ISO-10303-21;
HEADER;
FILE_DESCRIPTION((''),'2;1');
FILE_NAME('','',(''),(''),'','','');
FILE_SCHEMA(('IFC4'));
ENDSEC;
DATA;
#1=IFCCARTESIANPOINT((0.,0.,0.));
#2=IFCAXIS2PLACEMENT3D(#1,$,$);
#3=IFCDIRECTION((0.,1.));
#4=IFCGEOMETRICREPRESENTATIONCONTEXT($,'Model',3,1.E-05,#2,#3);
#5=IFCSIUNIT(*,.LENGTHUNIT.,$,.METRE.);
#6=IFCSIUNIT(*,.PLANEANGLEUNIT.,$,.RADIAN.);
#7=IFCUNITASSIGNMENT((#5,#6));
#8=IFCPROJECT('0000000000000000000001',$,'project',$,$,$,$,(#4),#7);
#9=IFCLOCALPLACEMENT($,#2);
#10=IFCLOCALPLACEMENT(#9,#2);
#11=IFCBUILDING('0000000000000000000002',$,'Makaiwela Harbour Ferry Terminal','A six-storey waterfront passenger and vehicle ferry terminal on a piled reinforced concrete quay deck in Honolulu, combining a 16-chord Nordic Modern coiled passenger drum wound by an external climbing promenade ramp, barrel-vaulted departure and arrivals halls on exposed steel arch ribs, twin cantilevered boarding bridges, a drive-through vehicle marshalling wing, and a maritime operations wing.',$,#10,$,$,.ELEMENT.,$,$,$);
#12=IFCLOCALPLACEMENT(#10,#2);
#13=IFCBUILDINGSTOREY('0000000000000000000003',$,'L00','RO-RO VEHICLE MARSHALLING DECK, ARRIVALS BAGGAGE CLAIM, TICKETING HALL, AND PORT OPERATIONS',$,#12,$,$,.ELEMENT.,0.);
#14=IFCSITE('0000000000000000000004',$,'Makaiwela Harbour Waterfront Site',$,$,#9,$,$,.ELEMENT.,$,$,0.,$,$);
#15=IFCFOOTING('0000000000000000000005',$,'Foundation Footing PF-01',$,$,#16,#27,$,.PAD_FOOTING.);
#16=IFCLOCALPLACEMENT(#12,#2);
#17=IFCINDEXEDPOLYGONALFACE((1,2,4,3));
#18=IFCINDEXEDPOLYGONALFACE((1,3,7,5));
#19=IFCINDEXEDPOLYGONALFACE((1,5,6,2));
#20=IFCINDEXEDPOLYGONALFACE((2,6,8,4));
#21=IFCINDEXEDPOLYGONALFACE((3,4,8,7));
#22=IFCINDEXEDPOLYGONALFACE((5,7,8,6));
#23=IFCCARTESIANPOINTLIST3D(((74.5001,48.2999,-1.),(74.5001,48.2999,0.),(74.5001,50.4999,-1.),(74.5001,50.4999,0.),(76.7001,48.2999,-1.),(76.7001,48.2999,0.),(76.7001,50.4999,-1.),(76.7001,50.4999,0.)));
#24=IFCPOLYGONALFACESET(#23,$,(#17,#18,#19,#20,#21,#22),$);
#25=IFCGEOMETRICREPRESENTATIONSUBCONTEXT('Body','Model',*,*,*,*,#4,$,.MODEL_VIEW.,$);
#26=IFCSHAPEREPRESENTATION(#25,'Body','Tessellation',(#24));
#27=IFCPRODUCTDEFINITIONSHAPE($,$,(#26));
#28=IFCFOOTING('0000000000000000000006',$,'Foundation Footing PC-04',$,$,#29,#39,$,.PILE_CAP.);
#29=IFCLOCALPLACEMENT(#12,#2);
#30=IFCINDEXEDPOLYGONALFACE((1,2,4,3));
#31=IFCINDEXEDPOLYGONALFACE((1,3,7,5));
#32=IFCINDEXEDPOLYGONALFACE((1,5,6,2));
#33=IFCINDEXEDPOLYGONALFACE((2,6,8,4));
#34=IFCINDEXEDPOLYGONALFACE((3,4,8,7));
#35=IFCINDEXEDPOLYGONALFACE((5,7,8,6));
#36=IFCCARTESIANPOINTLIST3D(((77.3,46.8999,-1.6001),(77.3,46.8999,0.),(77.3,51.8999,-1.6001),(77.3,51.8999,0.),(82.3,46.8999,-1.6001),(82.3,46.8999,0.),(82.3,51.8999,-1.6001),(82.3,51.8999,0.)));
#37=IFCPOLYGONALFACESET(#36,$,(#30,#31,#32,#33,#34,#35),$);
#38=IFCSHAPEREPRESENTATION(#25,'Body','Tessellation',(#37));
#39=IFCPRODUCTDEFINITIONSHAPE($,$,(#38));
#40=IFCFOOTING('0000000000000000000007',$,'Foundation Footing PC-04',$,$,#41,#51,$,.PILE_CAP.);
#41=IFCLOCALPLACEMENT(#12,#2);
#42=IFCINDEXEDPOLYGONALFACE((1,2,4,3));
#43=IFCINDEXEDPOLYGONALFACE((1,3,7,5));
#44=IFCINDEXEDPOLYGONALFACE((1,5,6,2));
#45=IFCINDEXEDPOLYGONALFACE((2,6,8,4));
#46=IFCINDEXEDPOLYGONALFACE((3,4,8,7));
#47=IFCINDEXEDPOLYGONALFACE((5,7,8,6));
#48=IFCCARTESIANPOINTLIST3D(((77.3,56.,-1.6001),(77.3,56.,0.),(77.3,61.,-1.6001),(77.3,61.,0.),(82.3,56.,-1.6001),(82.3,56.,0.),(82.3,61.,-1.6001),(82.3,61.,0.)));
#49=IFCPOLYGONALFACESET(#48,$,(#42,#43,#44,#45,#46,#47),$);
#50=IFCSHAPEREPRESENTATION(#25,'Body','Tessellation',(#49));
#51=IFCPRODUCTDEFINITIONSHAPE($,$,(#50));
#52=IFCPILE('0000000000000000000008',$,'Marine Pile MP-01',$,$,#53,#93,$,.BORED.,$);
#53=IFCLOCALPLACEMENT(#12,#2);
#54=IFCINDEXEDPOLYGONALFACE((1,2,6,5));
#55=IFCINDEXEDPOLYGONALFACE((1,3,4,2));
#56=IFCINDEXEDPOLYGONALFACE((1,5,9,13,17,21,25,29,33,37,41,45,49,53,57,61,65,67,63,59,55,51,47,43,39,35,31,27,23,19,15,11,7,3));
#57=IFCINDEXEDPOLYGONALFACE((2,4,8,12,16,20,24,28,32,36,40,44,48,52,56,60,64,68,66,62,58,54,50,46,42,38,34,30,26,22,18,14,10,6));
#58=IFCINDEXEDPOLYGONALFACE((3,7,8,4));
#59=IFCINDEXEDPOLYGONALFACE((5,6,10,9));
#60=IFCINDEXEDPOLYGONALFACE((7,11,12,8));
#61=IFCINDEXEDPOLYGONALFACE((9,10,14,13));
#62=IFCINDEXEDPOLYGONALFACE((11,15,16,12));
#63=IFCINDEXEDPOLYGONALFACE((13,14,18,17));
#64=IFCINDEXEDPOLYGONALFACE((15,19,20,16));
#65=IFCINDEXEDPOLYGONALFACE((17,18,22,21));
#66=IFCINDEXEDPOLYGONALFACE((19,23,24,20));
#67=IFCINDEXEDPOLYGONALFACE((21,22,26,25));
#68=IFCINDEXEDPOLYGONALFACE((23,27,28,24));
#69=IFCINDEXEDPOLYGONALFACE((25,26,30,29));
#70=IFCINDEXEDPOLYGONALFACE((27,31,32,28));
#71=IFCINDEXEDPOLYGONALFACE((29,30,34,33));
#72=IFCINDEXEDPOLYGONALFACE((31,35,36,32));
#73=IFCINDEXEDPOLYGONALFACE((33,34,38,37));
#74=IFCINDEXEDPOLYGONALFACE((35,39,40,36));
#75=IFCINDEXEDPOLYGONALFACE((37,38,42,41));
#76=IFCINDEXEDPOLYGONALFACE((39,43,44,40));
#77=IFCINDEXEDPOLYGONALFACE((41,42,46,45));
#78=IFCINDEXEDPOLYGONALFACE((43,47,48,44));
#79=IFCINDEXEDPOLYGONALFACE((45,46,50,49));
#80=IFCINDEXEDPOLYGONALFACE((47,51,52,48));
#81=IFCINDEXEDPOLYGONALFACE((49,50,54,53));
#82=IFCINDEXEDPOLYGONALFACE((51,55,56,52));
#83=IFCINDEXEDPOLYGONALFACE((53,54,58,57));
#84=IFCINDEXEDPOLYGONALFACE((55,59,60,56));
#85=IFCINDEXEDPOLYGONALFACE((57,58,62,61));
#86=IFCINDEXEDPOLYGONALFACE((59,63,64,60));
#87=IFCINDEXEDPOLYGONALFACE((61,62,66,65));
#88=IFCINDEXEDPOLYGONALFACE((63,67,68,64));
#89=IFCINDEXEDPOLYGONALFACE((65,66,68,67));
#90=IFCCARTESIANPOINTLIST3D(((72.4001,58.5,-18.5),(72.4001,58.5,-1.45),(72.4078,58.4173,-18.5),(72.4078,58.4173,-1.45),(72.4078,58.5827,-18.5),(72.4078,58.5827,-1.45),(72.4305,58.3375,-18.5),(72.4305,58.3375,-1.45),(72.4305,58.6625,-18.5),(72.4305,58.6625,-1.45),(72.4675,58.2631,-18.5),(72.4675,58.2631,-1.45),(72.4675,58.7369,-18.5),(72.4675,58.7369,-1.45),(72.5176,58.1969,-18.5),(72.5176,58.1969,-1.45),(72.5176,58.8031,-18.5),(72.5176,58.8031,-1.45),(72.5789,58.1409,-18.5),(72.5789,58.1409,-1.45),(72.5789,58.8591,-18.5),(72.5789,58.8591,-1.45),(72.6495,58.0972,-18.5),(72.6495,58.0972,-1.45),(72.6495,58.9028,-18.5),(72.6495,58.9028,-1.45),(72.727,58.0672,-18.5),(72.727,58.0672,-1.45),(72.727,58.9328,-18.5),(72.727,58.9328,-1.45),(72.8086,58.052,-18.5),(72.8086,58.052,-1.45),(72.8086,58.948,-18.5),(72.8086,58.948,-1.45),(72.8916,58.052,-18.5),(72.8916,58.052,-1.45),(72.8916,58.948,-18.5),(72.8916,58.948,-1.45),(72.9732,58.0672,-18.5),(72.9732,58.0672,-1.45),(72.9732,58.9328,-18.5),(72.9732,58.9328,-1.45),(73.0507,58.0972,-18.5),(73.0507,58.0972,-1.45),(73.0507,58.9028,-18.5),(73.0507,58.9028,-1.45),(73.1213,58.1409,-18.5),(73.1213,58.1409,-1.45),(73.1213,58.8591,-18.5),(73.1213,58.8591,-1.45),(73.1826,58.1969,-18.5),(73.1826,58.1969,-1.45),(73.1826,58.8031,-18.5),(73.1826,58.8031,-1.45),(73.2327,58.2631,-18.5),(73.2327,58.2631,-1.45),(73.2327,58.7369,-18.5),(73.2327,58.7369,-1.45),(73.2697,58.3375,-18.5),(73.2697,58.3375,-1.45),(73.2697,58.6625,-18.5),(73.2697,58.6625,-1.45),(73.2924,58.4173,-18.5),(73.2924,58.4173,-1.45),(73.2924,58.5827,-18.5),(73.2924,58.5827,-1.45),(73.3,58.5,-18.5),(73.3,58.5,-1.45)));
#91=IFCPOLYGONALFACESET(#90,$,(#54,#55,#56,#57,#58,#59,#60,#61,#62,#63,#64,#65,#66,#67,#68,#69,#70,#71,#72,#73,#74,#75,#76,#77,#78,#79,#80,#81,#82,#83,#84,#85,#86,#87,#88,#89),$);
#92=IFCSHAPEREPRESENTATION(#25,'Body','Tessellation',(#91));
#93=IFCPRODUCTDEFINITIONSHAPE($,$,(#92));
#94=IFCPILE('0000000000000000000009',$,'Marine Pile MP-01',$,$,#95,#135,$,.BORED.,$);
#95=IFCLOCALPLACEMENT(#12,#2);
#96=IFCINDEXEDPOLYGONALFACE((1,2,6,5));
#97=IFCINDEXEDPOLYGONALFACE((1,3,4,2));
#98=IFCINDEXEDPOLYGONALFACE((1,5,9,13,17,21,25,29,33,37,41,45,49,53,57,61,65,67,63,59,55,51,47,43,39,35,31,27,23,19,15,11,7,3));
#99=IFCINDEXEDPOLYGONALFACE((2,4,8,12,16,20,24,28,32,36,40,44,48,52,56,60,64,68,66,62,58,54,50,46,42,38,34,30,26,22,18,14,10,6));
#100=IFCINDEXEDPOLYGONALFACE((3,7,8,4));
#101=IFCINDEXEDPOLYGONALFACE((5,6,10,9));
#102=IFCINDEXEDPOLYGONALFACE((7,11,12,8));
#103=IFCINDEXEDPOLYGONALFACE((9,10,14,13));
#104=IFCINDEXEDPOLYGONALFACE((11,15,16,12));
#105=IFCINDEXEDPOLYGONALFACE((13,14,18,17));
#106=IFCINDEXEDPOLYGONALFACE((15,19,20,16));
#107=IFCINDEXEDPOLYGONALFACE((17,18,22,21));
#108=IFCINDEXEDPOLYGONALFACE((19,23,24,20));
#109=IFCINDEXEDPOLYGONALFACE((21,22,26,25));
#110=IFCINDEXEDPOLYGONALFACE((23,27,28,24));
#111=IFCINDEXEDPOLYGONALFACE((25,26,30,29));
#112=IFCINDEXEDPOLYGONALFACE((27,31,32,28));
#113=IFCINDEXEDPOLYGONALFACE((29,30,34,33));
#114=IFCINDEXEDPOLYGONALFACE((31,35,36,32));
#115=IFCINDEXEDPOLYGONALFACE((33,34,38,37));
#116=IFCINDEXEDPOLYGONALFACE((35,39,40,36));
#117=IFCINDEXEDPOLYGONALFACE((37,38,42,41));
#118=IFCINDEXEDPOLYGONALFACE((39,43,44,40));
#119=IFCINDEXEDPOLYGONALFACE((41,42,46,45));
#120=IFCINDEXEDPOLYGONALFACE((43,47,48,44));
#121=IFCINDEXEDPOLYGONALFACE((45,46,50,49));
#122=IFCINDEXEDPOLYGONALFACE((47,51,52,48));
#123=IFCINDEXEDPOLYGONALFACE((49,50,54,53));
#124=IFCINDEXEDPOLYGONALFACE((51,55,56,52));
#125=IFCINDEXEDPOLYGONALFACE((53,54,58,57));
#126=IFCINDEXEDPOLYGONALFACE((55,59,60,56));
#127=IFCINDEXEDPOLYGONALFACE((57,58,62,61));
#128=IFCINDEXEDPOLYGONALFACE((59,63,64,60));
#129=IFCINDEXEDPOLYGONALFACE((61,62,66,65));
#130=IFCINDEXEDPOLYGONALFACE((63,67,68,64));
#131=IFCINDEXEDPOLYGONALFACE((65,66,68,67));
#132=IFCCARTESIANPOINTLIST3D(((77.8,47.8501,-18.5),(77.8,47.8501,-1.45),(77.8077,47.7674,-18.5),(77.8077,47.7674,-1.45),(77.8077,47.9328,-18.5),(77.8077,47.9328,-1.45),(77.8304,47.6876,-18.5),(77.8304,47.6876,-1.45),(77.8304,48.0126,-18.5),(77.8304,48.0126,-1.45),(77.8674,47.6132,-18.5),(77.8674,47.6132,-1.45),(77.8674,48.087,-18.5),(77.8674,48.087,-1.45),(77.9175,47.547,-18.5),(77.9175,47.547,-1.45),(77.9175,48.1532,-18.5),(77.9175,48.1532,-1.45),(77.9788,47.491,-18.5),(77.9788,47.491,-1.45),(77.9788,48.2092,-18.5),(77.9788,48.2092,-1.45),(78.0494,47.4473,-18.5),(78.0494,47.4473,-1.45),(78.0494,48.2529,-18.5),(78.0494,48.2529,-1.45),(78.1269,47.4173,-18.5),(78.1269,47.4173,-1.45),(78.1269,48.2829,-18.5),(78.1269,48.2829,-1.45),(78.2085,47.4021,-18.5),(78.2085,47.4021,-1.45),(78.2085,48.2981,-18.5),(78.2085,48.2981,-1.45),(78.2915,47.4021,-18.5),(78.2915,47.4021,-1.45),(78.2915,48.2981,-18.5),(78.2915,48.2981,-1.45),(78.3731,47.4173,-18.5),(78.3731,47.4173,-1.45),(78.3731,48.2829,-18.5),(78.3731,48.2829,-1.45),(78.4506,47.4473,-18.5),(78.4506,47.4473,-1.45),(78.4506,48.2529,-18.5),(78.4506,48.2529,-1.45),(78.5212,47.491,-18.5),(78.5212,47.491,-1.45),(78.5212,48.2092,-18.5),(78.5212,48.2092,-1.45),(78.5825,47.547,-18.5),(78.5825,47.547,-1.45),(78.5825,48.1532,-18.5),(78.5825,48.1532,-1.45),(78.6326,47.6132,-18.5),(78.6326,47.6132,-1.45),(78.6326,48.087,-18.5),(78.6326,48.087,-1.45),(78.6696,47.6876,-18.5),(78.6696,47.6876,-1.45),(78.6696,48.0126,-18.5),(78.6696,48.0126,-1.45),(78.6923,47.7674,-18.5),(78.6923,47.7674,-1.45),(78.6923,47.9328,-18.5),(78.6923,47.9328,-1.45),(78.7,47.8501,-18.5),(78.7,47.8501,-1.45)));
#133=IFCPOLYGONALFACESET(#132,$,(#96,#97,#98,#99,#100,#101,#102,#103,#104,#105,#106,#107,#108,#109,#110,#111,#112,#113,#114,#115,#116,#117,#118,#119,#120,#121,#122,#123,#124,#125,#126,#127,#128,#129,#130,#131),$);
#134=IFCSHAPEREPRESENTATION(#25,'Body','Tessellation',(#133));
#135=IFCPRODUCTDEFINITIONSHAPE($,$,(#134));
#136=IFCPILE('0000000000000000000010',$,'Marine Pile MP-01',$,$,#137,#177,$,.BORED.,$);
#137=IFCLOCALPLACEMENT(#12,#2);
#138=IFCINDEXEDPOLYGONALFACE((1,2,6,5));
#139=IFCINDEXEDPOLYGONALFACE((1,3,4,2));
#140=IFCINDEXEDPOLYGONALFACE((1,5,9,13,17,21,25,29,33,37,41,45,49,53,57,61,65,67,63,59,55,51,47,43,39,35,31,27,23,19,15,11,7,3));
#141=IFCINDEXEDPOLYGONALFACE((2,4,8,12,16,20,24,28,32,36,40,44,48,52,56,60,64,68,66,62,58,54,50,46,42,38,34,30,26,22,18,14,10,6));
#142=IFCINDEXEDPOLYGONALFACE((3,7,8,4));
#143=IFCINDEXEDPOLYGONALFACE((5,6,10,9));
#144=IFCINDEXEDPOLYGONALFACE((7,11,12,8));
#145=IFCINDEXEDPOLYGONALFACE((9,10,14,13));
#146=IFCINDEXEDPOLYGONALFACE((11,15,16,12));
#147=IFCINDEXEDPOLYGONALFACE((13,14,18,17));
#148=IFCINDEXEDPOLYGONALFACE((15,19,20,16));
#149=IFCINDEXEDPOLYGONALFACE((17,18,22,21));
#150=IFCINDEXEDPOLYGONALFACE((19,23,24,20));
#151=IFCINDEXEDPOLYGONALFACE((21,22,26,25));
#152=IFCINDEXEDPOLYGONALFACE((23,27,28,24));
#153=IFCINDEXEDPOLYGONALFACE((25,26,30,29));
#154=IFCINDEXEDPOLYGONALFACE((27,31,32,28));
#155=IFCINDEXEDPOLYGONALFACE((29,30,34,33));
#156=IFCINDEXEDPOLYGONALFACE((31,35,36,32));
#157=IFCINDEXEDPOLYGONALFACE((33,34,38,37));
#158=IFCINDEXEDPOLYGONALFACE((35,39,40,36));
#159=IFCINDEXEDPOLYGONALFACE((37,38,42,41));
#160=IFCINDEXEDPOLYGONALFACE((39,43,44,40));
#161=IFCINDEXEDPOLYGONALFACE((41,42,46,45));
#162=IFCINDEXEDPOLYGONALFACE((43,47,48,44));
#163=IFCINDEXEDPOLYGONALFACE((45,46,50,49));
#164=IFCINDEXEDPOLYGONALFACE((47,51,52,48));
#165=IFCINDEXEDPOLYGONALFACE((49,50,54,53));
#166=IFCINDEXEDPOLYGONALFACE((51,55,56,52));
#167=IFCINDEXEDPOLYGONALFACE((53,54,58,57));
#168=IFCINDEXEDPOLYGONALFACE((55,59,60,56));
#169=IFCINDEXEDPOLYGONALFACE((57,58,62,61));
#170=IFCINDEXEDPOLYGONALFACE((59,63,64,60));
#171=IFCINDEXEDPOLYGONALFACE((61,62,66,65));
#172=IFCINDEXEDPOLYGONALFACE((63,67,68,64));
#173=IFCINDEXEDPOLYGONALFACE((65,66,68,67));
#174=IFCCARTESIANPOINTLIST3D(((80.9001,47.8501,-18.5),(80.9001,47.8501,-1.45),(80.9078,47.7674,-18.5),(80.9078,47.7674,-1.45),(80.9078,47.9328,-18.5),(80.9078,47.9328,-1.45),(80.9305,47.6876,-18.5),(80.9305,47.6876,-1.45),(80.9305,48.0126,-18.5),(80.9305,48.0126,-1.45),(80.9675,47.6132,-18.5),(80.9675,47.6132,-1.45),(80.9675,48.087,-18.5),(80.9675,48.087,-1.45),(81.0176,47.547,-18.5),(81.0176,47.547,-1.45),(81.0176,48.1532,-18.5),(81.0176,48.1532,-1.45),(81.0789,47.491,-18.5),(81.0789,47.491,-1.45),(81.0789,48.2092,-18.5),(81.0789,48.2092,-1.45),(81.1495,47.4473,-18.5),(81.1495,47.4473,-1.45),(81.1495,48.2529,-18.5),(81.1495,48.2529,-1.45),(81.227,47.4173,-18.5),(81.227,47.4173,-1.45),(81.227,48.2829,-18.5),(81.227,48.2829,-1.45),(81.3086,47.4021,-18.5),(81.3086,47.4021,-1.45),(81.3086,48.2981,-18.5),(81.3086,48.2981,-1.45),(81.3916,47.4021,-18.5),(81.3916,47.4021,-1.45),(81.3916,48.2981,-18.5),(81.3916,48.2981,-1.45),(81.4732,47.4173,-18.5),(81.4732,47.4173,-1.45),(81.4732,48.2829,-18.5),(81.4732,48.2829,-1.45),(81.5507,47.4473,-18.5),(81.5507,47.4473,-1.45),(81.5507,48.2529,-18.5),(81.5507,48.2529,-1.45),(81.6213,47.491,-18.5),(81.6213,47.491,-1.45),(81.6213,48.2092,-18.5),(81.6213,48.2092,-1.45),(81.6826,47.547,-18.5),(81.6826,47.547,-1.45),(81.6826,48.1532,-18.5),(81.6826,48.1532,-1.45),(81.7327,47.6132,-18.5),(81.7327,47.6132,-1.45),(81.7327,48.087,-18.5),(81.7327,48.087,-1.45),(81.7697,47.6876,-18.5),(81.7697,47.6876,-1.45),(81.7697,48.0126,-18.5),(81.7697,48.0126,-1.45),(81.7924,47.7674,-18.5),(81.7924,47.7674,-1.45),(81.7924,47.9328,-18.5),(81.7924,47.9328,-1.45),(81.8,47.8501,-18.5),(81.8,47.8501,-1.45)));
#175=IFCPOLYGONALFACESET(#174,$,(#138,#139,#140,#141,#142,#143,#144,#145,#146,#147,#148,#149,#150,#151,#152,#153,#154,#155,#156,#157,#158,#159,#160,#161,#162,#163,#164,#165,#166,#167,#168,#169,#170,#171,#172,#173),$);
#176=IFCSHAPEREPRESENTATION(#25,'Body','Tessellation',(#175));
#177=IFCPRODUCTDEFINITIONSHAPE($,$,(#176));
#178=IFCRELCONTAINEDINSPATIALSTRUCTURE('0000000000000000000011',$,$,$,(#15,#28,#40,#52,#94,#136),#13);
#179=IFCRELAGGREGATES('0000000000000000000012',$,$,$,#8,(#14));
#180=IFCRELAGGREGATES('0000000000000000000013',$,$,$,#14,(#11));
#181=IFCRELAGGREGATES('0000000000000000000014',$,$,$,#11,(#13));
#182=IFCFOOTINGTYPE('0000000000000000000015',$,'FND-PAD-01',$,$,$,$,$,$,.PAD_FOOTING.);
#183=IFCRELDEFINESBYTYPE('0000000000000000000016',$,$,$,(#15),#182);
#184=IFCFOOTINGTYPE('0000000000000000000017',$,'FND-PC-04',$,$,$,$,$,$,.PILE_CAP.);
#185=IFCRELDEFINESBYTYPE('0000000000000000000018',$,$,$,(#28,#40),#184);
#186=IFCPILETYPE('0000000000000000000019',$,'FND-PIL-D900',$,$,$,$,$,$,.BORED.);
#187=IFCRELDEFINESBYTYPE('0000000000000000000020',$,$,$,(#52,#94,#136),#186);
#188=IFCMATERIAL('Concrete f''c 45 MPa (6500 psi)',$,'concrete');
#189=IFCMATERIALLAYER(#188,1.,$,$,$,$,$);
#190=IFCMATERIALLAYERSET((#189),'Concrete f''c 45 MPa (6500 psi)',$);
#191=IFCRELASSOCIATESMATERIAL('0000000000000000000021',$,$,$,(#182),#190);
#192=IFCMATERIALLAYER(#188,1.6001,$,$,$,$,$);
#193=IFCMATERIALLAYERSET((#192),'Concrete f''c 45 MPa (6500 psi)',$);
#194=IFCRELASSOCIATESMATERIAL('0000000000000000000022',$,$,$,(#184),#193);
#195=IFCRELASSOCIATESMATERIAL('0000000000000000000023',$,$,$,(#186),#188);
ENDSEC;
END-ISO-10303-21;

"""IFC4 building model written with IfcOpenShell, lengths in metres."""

from ifc_helpers import new_model, si_unit, direction, frame, origin, origin_2d, place, context, subcontext, project, spatial, rectangle, circle, extrude, material, layer, layer_set, material_profile, profile_set, type_object, element, save


model = new_model("IFC4")

# Units and contexts
model_context = context("Model", 3, precision=1e-05, world=origin(), true_north=direction((0.0, 1.0)))
body_context = subcontext(model_context, "Body", "Model", "MODEL_VIEW")
ifc_project = project(units=[si_unit("LENGTHUNIT", "METRE"), si_unit("PLANEANGLEUNIT", "RADIAN")], contexts=[model_context])

# Site, building, storey
site_placement = place(None, origin())
site = spatial("IfcSite", under=ifc_project, at=site_placement, Name="Makaiwela Harbour Waterfront Site", CompositionType="ELEMENT", RefElevation=0.0)
building_placement = place(site_placement, origin())
building = spatial("IfcBuilding", under=site, at=building_placement, Name="Makaiwela Harbour Ferry Terminal", Description="A six-storey waterfront passenger and vehicle ferry terminal on a piled reinforced concrete quay deck in Honolulu, combining a 16-chord Nordic Modern coiled passenger drum wound by an external climbing promenade ramp, barrel-vaulted departure and arrivals halls on exposed steel arch ribs, twin cantilevered boarding bridges, a drive-through vehicle marshalling wing, and a maritime operations wing.", CompositionType="ELEMENT")
storey_placement = place(building_placement, origin())
storey = spatial("IfcBuildingStorey", under=building, at=storey_placement, Name="L00", Description="RO-RO VEHICLE MARSHALLING DECK, ARRIVALS BAGGAGE CLAIM, TICKETING HALL, AND PORT OPERATIONS", CompositionType="ELEMENT", Elevation=0.0)

# Footings
ifc_material_1 = material(Name="Concrete f'c 45 MPa (6500 psi)", Category="concrete")
ifc_layer_1 = layer(ifc_material_1, 1.0)
ifc_layer_set_1 = layer_set([ifc_layer_1], Name="Concrete f'c 45 MPa (6500 psi)")
footing_type_1 = type_object("IfcFootingType", Name="FND-PAD-01", PredefinedType="PAD_FOOTING", material=ifc_layer_set_1)
footing_1_placement = place(storey_placement, frame((75.6001, 49.3999, -1.0), z_axis=(0.0, 0.0, 1.0), x_axis=(1.0, 0.0, 0.0)))
element("IfcFooting", 1, at=footing_1_placement, inside=storey, type_object=footing_type_1, Name="Foundation Footing PF-01", PredefinedType="PAD_FOOTING", context=body_context, shape_type="SweptSolid", body=[
    extrude(rectangle(XDim=2.2, YDim=2.2, at=origin_2d()), origin(), (0.0, 0.0, 1.0), 1.0),
])
ifc_layer_2 = layer(ifc_material_1, 1.6001)
ifc_layer_set_2 = layer_set([ifc_layer_2], Name="Concrete f'c 45 MPa (6500 psi)")
footing_type_2 = type_object("IfcFootingType", Name="FND-PC-04", PredefinedType="PILE_CAP", material=ifc_layer_set_2)
for number, where, z_axis, x_axis, name in (
    (2, (79.8, 49.3999, -1.6001), (0.0, 0.0, 1.0), (1.0, 0.0, 0.0), "Foundation Footing PC-04"),
    (3, (79.8, 58.5, -1.6001), (0.0, 0.0, 1.0), (1.0, 0.0, 0.0), "Foundation Footing PC-04"),
):
    element("IfcFooting", number, at=place(storey_placement, frame(where, z_axis=z_axis, x_axis=x_axis)), inside=storey, type_object=footing_type_2, Name=name, PredefinedType="PILE_CAP", context=body_context, shape_type="SweptSolid", body=[
        extrude(rectangle(XDim=5.0, YDim=5.0, at=origin_2d()), origin(), (0.0, 0.0, 1.0), 1.6001),
    ])

# Piles
ifc_material_profile_1 = material_profile(ifc_material_1, circle(Radius=0.45, at=origin_2d()), Name="PILE-D900")
ifc_profile_set_1 = profile_set([ifc_material_profile_1], Name="Concrete f'c 45 MPa (6500 psi)")
pile_type = type_object("IfcPileType", Name="FND-PIL-D900", PredefinedType="BORED", material=ifc_profile_set_1)
for number, where, z_axis, x_axis, name in (
    (4, (72.8501, 58.5, -1.45), (0.0, 0.0, -1.0), (1.0, 0.0, 0.0), "Marine Pile MP-01"),
    (5, (78.25, 47.8501, -1.45), (0.0, 0.0, -1.0), (1.0, 0.0, 0.0), "Marine Pile MP-01"),
    (6, (81.3501, 47.8501, -1.45), (0.0, 0.0, -1.0), (1.0, 0.0, 0.0), "Marine Pile MP-01"),
):
    element("IfcPile", number, at=place(storey_placement, frame(where, z_axis=z_axis, x_axis=x_axis)), inside=storey, type_object=pile_type, Name=name, PredefinedType="BORED", context=body_context, shape_type="SweptSolid", body=[
        extrude(circle(Radius=0.45, at=origin_2d()), origin(), (0.0, 0.0, 1.0), 17.05),
    ])

save(model, "model.ifc")
